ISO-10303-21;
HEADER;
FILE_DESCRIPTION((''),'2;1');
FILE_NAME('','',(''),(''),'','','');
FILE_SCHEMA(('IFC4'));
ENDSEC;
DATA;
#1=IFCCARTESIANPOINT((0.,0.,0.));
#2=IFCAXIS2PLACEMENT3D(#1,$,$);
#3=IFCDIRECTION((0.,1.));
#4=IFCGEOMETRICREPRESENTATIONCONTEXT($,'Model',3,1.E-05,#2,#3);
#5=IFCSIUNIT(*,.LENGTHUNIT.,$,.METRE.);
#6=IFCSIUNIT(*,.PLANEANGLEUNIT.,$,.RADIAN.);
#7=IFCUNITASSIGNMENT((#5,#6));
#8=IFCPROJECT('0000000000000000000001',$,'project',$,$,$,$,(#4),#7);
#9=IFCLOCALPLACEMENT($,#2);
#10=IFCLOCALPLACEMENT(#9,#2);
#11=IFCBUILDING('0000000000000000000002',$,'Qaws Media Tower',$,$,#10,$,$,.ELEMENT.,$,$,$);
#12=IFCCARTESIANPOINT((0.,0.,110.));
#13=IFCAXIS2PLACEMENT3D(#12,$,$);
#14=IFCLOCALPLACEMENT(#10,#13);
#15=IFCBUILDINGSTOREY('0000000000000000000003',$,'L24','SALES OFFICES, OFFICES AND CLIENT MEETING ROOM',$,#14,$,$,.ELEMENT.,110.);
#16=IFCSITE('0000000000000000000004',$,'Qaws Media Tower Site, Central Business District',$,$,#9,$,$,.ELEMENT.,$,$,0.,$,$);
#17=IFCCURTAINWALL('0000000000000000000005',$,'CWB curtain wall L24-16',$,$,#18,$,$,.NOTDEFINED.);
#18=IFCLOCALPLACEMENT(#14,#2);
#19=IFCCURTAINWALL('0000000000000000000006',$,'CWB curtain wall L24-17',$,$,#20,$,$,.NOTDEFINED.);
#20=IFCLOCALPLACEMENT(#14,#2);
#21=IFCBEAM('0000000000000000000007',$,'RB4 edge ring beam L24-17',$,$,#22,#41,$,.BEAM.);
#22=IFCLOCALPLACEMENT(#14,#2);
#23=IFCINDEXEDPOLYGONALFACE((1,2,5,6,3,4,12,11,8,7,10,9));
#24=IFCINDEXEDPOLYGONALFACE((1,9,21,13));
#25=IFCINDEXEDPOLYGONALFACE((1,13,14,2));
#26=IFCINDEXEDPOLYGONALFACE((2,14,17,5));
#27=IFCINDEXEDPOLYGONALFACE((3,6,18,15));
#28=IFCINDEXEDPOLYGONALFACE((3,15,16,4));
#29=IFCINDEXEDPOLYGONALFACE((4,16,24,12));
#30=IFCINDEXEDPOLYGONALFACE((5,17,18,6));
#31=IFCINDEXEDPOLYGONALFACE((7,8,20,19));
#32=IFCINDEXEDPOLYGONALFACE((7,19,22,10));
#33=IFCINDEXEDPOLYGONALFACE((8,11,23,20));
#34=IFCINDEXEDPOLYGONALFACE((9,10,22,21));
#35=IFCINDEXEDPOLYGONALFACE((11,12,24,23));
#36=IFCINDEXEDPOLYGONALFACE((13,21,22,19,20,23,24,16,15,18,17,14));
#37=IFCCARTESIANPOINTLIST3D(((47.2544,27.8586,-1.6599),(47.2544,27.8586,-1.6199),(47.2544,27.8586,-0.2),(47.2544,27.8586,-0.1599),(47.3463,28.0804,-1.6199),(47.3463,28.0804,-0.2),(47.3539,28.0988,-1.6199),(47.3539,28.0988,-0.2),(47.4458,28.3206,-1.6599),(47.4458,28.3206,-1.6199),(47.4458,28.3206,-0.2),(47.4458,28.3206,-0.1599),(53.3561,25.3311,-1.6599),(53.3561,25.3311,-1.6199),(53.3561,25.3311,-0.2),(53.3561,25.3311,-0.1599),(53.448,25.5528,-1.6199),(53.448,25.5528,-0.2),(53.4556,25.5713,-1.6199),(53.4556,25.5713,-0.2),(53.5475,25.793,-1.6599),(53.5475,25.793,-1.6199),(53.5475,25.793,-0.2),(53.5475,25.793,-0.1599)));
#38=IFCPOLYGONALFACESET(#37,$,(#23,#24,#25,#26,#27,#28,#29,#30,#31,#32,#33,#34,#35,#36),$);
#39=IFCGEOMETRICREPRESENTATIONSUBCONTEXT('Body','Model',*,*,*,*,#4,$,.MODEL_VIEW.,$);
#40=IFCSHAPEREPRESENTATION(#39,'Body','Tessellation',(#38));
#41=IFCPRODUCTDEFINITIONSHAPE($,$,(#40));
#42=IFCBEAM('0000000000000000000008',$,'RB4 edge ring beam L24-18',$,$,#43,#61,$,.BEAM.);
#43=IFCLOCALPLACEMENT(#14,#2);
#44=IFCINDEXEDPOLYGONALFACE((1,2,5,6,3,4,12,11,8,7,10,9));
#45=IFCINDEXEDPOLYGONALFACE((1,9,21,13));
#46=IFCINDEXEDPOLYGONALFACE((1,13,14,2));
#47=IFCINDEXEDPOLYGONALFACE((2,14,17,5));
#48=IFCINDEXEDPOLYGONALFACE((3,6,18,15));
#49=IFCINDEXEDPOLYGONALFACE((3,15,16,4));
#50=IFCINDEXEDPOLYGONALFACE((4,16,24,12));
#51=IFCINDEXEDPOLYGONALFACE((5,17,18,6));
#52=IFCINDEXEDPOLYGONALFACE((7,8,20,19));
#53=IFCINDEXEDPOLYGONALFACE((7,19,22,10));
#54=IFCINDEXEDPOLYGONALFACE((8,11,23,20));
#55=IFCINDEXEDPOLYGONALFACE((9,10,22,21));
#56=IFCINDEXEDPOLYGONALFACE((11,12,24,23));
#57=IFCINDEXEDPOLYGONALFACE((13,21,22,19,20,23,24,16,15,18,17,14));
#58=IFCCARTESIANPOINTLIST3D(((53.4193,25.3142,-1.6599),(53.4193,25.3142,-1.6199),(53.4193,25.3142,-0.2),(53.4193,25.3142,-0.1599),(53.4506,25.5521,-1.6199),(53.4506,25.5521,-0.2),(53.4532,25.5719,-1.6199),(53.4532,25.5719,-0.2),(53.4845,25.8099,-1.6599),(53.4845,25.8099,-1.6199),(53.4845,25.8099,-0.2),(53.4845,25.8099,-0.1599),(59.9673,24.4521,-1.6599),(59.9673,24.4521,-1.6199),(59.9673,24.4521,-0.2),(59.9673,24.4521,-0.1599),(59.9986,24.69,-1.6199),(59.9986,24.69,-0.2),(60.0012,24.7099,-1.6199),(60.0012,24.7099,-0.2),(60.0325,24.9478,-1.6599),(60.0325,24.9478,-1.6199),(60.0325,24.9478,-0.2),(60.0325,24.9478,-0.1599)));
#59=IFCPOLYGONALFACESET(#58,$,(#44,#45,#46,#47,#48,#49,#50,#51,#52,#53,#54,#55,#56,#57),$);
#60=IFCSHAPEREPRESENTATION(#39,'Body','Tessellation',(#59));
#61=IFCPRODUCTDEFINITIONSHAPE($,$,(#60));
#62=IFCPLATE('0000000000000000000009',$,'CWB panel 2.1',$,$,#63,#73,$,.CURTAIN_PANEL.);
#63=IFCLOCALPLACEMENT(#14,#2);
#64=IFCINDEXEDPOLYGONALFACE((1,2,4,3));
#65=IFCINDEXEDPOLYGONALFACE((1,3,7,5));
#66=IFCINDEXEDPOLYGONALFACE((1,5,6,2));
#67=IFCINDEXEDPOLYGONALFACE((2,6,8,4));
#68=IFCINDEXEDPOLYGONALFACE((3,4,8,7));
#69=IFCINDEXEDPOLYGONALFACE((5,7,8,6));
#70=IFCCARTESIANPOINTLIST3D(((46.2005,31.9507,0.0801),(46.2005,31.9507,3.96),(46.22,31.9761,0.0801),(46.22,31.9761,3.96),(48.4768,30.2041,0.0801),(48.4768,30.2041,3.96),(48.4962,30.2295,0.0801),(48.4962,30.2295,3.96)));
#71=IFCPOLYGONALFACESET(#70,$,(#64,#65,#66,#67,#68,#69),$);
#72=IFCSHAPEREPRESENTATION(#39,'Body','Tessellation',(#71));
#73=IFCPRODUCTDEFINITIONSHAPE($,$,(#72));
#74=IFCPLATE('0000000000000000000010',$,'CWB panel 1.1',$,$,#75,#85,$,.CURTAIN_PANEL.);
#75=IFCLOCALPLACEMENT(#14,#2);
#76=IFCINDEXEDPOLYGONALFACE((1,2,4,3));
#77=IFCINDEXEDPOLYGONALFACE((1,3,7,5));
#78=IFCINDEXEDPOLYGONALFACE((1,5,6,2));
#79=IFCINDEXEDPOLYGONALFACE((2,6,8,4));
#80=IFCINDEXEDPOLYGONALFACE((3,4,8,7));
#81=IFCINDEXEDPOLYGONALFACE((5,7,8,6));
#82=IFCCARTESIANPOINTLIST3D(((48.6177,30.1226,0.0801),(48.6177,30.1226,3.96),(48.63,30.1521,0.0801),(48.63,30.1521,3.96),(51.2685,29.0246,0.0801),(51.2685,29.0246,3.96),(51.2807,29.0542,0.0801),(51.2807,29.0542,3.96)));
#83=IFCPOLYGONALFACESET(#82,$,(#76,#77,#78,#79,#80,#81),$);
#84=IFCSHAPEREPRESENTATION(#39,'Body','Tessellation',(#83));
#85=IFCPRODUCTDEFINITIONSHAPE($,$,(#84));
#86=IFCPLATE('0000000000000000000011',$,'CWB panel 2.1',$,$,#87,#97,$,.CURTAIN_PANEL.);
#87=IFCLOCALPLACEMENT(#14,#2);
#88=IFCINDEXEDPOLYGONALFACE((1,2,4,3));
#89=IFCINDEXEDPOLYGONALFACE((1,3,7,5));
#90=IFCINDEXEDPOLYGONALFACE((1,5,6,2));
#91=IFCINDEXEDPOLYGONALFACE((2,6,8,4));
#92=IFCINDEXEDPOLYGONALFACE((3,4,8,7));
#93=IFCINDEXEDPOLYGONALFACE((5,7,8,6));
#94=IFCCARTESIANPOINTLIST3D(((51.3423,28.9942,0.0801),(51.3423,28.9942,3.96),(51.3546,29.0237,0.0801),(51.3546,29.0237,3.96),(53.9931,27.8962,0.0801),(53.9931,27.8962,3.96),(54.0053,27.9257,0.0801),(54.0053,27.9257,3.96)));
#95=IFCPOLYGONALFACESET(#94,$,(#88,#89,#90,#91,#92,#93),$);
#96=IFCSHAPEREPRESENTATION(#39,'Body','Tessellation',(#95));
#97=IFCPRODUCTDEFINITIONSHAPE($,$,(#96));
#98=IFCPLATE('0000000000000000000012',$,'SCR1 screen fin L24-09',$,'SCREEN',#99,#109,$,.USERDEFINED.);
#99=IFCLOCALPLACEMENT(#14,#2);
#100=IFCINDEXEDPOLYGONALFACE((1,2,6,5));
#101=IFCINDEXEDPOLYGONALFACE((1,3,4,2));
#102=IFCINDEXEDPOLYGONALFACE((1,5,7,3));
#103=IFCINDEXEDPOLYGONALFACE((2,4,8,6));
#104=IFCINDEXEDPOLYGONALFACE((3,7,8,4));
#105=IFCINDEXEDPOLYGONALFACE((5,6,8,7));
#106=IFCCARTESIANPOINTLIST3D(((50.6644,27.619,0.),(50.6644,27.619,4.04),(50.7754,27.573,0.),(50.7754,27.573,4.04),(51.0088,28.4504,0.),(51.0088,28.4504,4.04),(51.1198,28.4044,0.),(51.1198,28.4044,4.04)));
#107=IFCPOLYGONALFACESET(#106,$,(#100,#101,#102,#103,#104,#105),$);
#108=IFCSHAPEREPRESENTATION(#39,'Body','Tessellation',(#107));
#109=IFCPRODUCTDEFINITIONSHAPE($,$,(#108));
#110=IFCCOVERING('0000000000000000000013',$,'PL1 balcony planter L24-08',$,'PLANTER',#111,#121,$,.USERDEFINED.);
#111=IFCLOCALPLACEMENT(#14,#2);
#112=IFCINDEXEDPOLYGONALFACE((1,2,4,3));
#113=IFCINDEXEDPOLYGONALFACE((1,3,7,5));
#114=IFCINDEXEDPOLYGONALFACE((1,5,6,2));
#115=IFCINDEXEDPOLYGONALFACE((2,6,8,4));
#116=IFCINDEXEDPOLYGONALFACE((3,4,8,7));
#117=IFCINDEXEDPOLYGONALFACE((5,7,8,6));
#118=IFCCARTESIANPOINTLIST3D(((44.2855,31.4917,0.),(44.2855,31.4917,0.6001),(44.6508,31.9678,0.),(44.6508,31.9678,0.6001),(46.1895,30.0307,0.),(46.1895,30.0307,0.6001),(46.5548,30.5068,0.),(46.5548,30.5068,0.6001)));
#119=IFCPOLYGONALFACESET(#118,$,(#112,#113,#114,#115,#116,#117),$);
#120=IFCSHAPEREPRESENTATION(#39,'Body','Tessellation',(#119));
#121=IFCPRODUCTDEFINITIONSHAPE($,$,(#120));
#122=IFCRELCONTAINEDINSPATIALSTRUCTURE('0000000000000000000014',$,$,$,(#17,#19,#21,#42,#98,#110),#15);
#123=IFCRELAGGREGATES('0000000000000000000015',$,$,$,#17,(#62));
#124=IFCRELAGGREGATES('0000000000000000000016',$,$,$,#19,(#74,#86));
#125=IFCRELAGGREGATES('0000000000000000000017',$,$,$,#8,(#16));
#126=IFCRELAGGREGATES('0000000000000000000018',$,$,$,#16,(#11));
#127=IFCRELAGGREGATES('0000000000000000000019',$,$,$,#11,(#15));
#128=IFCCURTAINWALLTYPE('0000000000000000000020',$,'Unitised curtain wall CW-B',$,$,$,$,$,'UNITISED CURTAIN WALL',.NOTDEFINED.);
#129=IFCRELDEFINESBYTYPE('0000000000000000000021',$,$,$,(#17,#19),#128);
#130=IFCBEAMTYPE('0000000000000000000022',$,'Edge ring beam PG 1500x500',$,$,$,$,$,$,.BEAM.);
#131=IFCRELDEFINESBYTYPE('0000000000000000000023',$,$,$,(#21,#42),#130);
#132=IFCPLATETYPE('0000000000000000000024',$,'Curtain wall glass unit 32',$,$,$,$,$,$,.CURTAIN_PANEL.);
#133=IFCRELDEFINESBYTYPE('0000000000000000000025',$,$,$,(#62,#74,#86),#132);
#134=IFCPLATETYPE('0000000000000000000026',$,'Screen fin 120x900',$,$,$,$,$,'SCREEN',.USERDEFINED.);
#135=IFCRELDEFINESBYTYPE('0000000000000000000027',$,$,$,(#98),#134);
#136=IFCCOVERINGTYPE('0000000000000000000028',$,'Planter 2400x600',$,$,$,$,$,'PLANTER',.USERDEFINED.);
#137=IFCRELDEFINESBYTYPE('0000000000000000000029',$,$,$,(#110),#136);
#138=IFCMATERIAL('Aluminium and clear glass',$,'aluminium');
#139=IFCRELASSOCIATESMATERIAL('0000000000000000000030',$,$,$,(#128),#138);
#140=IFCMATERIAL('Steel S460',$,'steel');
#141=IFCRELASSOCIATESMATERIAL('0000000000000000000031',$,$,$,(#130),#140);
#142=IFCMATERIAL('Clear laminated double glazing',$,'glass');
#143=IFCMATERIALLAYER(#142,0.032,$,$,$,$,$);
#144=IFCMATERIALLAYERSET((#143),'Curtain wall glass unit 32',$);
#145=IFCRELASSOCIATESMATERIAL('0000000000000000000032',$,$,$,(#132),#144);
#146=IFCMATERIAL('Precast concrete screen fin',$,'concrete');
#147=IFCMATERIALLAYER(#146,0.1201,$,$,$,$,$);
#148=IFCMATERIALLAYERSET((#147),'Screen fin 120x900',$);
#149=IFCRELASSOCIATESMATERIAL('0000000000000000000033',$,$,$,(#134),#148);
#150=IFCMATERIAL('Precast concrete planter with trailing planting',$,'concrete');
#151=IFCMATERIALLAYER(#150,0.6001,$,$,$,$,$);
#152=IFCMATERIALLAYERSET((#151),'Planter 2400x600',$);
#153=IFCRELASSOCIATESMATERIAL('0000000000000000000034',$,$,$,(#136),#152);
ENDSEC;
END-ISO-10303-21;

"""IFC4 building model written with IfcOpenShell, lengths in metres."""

from ifc_helpers import new_model, si_unit, direction, frame, origin, origin_2d, place, context, subcontext, project, spatial, rectangle, i_section, extrude, material, layer, layer_set, material_profile, profile_set, type_object, element, aggregate, save


model = new_model("IFC4")

# Units and contexts
model_context = context("Model", 3, precision=1e-05, world=origin(), true_north=direction((0.0, 1.0)))
body_context = subcontext(model_context, "Body", "Model", "MODEL_VIEW")
ifc_project = project(units=[si_unit("LENGTHUNIT", "METRE"), si_unit("PLANEANGLEUNIT", "RADIAN")], contexts=[model_context])

# Site, building, storey
site_placement = place(None, origin())
site = spatial("IfcSite", under=ifc_project, at=site_placement, Name="Qaws Media Tower Site, Central Business District", CompositionType="ELEMENT", RefElevation=0.0)
building_placement = place(site_placement, origin())
building = spatial("IfcBuilding", under=site, at=building_placement, Name="Qaws Media Tower", CompositionType="ELEMENT")
storey_placement = place(building_placement, frame((0.0, 0.0, 110.0)))
storey = spatial("IfcBuildingStorey", under=building, at=storey_placement, Name="L24", Description="SALES OFFICES, OFFICES AND CLIENT MEETING ROOM", CompositionType="ELEMENT", Elevation=110.0)

# Curtain walls
ifc_material_1 = material(Name="Aluminium and clear glass", Category="aluminium")
curtain_wall_type = type_object("IfcCurtainWallType", Name="Unitised curtain wall CW-B", ElementType="UNITISED CURTAIN WALL", PredefinedType="NOTDEFINED", material=ifc_material_1)
curtain_wall_1_placement = place(storey_placement, origin())
curtain_wall_1 = element("IfcCurtainWall", 1, at=curtain_wall_1_placement, inside=storey, type_object=curtain_wall_type, Name="CWB curtain wall L24-16", PredefinedType="NOTDEFINED")
curtain_wall_2_placement = place(storey_placement, origin())
curtain_wall_2 = element("IfcCurtainWall", 2, at=curtain_wall_2_placement, inside=storey, type_object=curtain_wall_type, Name="CWB curtain wall L24-17", PredefinedType="NOTDEFINED")

# Beams
ifc_material_2 = material(Name="Steel S460", Category="steel")
ifc_material_profile_1 = material_profile(ifc_material_2, i_section(OverallWidth=0.5, OverallDepth=1.5, WebThickness=0.02, FlangeThickness=0.04, at=origin_2d()), Name="PG 1500x500")
ifc_profile_set_1 = profile_set([ifc_material_profile_1], Name="Steel S460")
beam_type = type_object("IfcBeamType", Name="Edge ring beam PG 1500x500", PredefinedType="BEAM", material=ifc_profile_set_1)
for number, where, z_axis, x_axis, name in (
    (3, (47.3501, 28.0896, -0.9099), (0.923872, -0.382701, 0.0), (0.382701, 0.923872, 0.0), "RB4 edge ring beam L24-17"),
    (4, (53.4519, 25.562, -0.9099), (0.991445, -0.130524, 0.0), (0.130524, 0.991445, 0.0), "RB4 edge ring beam L24-18"),
):
    element("IfcBeam", number, at=place(storey_placement, frame(where, z_axis=z_axis, x_axis=x_axis)), inside=storey, type_object=beam_type, Name=name, PredefinedType="BEAM", context=body_context, shape_type="SweptSolid", body=[
        extrude(i_section(OverallWidth=0.5, OverallDepth=1.5, WebThickness=0.02, FlangeThickness=0.04, at=origin_2d()), origin(), (0.0, 0.0, 1.0), 6.6045),
    ])

# Plates
ifc_material_3 = material(Name="Clear laminated double glazing", Category="glass")
ifc_layer_1 = layer(ifc_material_3, 0.032)
ifc_layer_set_1 = layer_set([ifc_layer_1], Name="Curtain wall glass unit 32")
plate_type_1 = type_object("IfcPlateType", Name="Curtain wall glass unit 32", PredefinedType="CURTAIN_PANEL", material=ifc_layer_set_1)
plate_1_placement = place(storey_placement, frame((47.3484, 31.0901, 0.0801), z_axis=(0.0, 0.0, 1.0), x_axis=(0.793353, -0.608762, 0.0)))
plate_1 = element("IfcPlate", 5, at=plate_1_placement, type_object=plate_type_1, Name="CWB panel 2.1", PredefinedType="CURTAIN_PANEL", context=body_context, shape_type="SweptSolid", body=[
    extrude(rectangle(XDim=2.8691, YDim=0.032, at=origin_2d()), origin(), (0.0, 0.0, 1.0), 3.8799),
])
aggregate(curtain_wall_1, [plate_1])
plate_2_placement = place(storey_placement, frame((49.9492, 29.5884, 0.0801), z_axis=(0.0, 0.0, 1.0), x_axis=(0.92388, -0.382683, 0.0)))
plate_2 = element("IfcPlate", 6, at=plate_2_placement, type_object=plate_type_1, Name="CWB panel 1.1", PredefinedType="CURTAIN_PANEL", context=body_context, shape_type="SweptSolid", body=[
    extrude(rectangle(XDim=2.8691, YDim=0.032, at=origin_2d()), origin(), (0.0, 0.0, 1.0), 3.8799),
])
plate_3_placement = place(storey_placement, frame((52.6738, 28.46, 0.0801), z_axis=(0.0, 0.0, 1.0), x_axis=(0.92388, -0.382683, 0.0)))
plate_3 = element("IfcPlate", 7, at=plate_3_placement, type_object=plate_type_1, Name="CWB panel 2.1", PredefinedType="CURTAIN_PANEL", context=body_context, shape_type="SweptSolid", body=[
    extrude(rectangle(XDim=2.8691, YDim=0.032, at=origin_2d()), origin(), (0.0, 0.0, 1.0), 3.8799),
])
aggregate(curtain_wall_2, [plate_2, plate_3])
ifc_material_4 = material(Name="Precast concrete screen fin", Category="concrete")
ifc_layer_2 = layer(ifc_material_4, 0.1201)
ifc_layer_set_2 = layer_set([ifc_layer_2], Name="Screen fin 120x900")
plate_type_2 = type_object("IfcPlateType", Name="Screen fin 120x900", ElementType="SCREEN", PredefinedType="USERDEFINED", material=ifc_layer_set_2)
plate_4_placement = place(storey_placement, frame((50.8921, 28.0117, 0.0), z_axis=(0.0, 0.0, 1.0), x_axis=(-0.382683, -0.92388, 0.0)))
element("IfcPlate", 8, at=plate_4_placement, inside=storey, type_object=plate_type_2, Name="SCR1 screen fin L24-09", ObjectType="SCREEN", PredefinedType="USERDEFINED", context=body_context, shape_type="SweptSolid", body=[
    extrude(rectangle(XDim=0.8999, YDim=0.1201, at=origin_2d()), origin(), (0.0, 0.0, 1.0), 4.04),
])

# Covering
ifc_material_5 = material(Name="Precast concrete planter with trailing planting", Category="concrete")
ifc_layer_3 = layer(ifc_material_5, 0.6001)
ifc_layer_set_3 = layer_set([ifc_layer_3], Name="Planter 2400x600")
covering_type = type_object("IfcCoveringType", Name="Planter 2400x600", ElementType="PLANTER", PredefinedType="USERDEFINED", material=ifc_layer_set_3)
covering_placement = place(storey_placement, frame((45.4202, 30.9993, 0.0), z_axis=(0.0, 0.0, 1.0), x_axis=(0.793353, -0.608761, 0.0)))
element("IfcCovering", 9, at=covering_placement, inside=storey, type_object=covering_type, Name="PL1 balcony planter L24-08", ObjectType="PLANTER", PredefinedType="USERDEFINED", context=body_context, shape_type="SweptSolid", body=[
    extrude(rectangle(XDim=2.3999, YDim=0.6001, at=origin_2d()), origin(), (0.0, 0.0, 1.0), 0.6001),
])

save(model, "model.ifc")
